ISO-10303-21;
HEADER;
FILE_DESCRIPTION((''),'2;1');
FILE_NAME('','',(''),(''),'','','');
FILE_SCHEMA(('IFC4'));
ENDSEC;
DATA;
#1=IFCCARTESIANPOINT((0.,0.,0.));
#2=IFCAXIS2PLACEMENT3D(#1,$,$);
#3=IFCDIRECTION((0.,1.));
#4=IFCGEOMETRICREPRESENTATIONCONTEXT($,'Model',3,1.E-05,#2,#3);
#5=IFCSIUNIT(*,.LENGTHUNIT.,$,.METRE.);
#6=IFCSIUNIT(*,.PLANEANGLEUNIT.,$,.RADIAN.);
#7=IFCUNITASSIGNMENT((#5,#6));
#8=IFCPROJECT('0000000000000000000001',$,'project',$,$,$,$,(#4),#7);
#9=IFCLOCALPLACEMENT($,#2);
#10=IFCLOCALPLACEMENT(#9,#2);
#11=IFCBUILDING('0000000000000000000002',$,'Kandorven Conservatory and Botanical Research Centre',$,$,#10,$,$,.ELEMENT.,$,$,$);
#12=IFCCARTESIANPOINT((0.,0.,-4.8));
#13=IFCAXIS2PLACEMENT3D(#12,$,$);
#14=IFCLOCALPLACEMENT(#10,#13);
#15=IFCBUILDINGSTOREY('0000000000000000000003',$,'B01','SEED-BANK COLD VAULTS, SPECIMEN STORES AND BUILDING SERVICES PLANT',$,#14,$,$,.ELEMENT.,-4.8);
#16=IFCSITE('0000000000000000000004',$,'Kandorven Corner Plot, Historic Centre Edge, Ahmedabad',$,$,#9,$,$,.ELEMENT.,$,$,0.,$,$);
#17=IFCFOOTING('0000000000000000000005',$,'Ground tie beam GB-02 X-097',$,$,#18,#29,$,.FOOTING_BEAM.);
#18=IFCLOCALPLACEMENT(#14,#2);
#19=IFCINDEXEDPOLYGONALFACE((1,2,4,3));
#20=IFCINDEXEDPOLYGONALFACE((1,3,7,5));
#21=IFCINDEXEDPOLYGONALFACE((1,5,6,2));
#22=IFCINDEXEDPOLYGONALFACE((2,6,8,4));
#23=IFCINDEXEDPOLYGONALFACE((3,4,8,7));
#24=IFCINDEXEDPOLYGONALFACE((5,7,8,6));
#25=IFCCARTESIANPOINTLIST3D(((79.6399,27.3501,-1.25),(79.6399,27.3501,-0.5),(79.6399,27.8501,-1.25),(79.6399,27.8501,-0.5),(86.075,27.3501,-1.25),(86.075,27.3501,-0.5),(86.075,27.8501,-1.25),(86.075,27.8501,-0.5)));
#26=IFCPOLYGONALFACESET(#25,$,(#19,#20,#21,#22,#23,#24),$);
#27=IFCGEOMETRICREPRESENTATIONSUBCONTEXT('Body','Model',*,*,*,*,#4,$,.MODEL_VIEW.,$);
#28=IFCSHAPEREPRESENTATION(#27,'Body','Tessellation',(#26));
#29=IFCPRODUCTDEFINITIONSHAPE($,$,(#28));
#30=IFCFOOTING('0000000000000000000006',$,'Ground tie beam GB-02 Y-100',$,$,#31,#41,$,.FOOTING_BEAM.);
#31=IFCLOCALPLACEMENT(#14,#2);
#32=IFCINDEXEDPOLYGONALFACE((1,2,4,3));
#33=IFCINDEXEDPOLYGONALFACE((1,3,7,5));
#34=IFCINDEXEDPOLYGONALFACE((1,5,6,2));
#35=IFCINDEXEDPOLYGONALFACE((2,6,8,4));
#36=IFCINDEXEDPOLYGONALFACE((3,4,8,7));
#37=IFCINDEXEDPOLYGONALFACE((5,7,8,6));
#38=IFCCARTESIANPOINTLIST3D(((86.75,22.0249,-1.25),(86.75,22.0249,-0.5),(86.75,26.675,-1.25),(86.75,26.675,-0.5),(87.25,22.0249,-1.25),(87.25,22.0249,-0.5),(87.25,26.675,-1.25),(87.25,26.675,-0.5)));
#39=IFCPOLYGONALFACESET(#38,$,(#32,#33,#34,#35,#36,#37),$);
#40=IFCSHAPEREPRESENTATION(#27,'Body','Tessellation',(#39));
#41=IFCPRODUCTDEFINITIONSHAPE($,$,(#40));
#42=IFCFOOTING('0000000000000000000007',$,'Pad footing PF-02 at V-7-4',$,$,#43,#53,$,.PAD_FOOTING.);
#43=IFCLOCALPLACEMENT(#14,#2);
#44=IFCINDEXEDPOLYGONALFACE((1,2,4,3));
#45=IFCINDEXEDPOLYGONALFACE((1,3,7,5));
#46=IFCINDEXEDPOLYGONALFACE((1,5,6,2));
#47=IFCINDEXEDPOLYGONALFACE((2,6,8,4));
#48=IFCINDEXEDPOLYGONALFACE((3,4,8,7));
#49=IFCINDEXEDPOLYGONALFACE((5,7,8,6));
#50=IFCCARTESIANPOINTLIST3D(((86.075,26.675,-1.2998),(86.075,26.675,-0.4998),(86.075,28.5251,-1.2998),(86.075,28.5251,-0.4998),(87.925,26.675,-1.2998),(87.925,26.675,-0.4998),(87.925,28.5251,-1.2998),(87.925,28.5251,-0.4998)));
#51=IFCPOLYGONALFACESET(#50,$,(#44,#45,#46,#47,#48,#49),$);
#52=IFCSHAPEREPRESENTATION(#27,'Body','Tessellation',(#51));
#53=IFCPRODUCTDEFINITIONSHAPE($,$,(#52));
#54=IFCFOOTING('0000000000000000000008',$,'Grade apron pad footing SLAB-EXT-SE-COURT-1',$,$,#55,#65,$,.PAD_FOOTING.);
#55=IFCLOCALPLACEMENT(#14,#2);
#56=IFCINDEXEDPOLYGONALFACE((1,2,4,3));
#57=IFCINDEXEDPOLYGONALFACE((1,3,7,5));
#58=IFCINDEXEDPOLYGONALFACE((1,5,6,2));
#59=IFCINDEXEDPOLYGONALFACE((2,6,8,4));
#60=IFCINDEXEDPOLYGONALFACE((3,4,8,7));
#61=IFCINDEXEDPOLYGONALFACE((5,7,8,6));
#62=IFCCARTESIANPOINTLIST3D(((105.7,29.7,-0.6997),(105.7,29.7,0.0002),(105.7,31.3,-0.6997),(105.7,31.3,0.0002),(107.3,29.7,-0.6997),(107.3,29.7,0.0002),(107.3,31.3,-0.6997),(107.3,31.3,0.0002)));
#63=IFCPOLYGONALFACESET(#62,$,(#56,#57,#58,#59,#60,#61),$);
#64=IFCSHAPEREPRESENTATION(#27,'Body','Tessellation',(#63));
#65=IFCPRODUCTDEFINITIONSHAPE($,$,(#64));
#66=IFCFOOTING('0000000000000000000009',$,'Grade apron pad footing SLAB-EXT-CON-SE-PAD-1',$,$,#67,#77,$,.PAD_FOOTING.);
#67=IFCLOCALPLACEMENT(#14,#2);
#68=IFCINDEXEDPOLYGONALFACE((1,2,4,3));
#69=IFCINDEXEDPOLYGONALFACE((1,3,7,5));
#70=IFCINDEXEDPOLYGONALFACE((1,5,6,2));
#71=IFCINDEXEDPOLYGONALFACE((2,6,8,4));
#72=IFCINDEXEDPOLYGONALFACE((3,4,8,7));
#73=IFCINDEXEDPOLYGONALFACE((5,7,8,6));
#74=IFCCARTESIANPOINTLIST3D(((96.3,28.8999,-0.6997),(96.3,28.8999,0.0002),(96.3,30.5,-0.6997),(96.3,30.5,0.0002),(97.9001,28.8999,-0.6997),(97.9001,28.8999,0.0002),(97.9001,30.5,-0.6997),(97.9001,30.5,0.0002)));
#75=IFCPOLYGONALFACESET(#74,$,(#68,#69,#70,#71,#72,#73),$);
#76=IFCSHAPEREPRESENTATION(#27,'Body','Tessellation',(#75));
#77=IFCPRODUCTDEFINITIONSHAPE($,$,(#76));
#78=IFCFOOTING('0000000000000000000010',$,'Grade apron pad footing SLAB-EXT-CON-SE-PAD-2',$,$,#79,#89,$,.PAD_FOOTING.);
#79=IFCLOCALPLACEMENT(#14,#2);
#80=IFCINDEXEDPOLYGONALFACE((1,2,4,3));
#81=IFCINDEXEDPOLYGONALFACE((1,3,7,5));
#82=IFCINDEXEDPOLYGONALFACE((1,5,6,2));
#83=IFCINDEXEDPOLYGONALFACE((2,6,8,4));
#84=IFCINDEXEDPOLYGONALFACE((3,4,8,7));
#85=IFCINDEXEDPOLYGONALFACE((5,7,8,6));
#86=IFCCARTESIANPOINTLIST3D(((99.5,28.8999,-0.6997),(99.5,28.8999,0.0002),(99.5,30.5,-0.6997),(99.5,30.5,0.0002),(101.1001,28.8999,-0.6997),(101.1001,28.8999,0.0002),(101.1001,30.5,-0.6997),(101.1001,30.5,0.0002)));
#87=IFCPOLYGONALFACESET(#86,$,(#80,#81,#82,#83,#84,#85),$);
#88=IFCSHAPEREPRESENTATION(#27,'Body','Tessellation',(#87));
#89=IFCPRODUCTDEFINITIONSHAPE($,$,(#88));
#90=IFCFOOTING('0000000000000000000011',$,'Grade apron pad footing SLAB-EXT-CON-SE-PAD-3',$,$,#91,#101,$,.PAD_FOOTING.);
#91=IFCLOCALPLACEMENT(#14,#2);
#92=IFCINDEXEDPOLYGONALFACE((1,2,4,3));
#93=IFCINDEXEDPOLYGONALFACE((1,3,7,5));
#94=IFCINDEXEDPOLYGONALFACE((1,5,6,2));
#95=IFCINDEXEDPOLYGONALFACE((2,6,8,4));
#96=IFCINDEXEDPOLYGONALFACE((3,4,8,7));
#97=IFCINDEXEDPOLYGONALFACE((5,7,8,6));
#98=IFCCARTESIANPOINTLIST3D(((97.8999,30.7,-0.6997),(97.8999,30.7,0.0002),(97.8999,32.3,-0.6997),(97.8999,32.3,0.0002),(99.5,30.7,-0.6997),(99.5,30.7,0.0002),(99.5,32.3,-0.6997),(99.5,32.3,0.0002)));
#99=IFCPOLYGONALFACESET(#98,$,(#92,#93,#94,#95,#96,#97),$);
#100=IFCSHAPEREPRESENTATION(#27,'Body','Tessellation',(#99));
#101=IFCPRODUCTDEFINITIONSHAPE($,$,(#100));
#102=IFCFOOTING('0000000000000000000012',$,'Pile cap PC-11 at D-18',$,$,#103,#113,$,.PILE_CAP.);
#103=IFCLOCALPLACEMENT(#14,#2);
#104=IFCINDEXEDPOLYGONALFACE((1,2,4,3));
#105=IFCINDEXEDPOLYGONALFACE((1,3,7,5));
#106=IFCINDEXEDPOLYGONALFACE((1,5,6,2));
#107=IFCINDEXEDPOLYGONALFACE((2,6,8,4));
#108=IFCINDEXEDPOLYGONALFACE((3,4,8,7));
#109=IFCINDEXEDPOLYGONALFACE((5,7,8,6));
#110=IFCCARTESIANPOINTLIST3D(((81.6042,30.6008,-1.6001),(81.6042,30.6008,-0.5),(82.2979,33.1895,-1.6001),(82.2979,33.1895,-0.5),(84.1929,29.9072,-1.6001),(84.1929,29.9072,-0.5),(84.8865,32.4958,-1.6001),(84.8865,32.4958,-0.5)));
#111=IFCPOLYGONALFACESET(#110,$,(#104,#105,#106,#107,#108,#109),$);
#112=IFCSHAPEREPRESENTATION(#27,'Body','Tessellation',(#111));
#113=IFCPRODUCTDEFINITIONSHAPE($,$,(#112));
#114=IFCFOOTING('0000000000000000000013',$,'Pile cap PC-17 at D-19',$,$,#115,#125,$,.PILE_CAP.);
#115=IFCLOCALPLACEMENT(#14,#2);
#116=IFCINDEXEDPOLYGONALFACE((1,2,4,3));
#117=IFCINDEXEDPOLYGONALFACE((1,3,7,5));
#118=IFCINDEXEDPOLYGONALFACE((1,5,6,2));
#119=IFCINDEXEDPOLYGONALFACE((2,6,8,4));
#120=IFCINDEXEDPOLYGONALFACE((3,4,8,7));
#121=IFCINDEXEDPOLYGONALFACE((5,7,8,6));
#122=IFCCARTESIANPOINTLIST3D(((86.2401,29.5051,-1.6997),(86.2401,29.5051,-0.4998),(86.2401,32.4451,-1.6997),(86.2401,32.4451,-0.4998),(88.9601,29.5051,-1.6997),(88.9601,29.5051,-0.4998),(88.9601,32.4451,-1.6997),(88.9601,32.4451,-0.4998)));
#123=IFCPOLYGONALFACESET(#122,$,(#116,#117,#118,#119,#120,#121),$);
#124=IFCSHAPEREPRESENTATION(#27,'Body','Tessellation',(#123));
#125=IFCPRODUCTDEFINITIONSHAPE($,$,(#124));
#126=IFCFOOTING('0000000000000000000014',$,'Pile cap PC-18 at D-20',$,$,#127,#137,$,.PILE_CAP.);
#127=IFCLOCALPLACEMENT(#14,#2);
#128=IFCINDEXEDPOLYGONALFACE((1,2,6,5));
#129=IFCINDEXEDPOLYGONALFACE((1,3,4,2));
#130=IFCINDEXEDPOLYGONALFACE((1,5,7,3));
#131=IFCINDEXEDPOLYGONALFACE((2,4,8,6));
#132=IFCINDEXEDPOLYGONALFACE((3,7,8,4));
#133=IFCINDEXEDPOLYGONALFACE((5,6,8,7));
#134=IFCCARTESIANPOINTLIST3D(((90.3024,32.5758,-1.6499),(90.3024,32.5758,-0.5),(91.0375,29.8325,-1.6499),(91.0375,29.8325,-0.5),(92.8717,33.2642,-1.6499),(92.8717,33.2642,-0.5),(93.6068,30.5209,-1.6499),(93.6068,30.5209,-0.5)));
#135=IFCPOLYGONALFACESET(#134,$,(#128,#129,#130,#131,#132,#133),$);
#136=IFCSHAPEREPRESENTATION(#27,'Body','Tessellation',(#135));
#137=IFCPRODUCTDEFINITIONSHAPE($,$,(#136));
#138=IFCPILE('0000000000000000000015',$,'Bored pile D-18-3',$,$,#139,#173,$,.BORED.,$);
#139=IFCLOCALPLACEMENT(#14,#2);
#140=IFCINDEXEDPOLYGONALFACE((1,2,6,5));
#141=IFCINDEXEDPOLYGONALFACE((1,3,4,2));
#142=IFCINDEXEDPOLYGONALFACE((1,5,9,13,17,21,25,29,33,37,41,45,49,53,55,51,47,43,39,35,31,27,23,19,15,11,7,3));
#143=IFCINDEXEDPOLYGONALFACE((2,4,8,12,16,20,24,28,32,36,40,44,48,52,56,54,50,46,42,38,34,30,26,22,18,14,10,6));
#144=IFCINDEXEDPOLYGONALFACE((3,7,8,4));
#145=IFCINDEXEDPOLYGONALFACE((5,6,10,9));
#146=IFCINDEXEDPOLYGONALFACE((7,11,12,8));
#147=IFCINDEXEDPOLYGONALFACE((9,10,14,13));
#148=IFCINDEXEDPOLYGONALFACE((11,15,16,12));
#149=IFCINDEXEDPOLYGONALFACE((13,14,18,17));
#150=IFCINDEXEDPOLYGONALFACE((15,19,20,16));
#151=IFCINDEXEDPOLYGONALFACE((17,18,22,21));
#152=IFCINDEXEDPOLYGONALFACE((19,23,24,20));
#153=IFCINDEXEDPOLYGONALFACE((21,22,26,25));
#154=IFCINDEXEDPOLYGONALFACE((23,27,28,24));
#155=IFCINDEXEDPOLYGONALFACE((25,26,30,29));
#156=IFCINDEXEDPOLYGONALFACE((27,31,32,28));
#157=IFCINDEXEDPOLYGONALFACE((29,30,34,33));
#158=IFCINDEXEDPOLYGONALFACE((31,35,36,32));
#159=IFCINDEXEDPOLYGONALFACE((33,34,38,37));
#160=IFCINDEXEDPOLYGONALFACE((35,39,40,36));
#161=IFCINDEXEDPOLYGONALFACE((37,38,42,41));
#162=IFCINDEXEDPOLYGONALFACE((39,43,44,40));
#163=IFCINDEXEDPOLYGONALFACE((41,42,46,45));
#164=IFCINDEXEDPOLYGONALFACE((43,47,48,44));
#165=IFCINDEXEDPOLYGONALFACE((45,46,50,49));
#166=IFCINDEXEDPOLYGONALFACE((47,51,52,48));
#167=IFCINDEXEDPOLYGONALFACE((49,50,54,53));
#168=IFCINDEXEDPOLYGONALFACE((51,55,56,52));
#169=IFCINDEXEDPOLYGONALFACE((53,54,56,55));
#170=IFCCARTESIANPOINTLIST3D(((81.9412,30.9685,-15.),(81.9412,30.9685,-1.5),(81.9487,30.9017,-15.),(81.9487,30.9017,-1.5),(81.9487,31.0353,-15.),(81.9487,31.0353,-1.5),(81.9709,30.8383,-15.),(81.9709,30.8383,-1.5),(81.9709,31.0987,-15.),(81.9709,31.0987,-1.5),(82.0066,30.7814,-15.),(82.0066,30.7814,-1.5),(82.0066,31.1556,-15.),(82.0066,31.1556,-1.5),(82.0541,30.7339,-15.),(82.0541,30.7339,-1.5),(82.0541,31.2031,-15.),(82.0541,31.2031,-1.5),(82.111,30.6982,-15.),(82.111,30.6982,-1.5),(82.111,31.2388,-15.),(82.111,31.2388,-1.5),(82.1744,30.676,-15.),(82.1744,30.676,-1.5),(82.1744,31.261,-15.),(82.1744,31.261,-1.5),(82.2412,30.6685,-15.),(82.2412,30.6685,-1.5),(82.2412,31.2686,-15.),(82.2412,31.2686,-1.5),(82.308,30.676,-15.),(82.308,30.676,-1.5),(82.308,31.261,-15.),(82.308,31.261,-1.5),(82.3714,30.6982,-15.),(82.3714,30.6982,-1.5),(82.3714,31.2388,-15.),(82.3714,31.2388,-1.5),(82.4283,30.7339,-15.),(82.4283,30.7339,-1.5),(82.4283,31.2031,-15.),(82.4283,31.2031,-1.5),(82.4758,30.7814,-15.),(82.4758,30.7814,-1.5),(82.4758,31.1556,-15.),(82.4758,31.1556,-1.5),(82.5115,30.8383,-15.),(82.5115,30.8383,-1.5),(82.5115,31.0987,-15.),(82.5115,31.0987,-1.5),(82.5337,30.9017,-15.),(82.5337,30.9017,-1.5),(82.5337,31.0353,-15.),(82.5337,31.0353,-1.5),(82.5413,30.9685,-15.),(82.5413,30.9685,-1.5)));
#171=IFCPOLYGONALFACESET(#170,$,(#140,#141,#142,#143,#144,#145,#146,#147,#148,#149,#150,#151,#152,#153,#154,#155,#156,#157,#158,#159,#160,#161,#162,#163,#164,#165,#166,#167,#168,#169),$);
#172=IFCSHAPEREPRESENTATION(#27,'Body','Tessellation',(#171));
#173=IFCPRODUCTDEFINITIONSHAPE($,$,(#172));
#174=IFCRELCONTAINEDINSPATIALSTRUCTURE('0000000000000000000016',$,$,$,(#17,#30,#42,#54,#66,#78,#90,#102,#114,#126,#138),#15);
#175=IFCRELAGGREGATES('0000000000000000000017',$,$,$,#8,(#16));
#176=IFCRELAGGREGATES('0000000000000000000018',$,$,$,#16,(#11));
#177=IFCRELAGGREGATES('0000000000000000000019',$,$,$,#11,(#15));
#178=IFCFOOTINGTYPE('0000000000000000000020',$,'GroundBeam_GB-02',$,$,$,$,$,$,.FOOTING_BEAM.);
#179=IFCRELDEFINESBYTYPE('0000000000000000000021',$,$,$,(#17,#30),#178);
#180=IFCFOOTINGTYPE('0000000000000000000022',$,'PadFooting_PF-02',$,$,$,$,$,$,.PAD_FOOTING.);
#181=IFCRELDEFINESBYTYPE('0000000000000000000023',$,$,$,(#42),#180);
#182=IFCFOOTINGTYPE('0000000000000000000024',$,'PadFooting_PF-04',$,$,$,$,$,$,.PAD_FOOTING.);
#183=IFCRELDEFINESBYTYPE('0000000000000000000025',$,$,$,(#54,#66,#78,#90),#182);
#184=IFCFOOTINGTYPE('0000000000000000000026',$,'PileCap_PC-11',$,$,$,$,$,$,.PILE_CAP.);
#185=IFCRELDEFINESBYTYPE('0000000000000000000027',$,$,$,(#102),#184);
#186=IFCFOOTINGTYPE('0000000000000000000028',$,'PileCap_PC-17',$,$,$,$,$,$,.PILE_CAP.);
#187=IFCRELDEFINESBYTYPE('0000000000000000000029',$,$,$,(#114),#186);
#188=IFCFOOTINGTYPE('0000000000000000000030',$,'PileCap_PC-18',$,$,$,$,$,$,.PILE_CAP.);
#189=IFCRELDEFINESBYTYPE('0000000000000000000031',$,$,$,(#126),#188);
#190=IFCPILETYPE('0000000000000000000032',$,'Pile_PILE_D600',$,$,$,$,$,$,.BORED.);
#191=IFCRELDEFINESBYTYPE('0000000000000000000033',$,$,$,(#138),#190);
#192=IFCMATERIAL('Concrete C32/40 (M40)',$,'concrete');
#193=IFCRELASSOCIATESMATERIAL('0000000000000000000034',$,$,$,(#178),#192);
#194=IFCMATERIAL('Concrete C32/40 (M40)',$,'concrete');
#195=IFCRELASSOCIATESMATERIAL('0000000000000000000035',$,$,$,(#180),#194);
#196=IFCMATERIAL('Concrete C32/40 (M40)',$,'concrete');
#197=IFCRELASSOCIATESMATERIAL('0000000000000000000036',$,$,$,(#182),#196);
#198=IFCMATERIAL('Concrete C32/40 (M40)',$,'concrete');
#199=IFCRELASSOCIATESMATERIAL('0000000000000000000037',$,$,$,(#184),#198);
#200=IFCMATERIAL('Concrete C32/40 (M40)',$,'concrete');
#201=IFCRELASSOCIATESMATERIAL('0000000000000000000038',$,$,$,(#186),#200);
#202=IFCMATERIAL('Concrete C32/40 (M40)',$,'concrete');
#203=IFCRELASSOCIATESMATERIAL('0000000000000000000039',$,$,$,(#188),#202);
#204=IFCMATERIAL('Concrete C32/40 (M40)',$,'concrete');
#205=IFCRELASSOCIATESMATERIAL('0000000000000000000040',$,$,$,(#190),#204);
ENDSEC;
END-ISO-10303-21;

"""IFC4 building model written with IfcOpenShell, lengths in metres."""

from ifc_helpers import new_model, si_unit, direction, frame, origin, origin_2d, place, context, subcontext, project, spatial, rectangle, circle, extrude, material, material_profile, profile_set, type_object, element, save


model = new_model("IFC4")

# Units and contexts
model_context = context("Model", 3, precision=1e-05, world=origin(), true_north=direction((0.0, 1.0)))
body_context = subcontext(model_context, "Body", "Model", "MODEL_VIEW")
ifc_project = project(units=[si_unit("LENGTHUNIT", "METRE"), si_unit("PLANEANGLEUNIT", "RADIAN")], contexts=[model_context])

# Site, building, storey
site_placement = place(None, origin())
site = spatial("IfcSite", under=ifc_project, at=site_placement, Name="Kandorven Corner Plot, Historic Centre Edge, Ahmedabad", CompositionType="ELEMENT", RefElevation=0.0)
building_placement = place(site_placement, origin())
building = spatial("IfcBuilding", under=site, at=building_placement, Name="Kandorven Conservatory and Botanical Research Centre", CompositionType="ELEMENT")
storey_placement = place(building_placement, frame((0.0, 0.0, -4.8)))
storey = spatial("IfcBuildingStorey", under=building, at=storey_placement, Name="B01", Description="SEED-BANK COLD VAULTS, SPECIMEN STORES AND BUILDING SERVICES PLANT", CompositionType="ELEMENT", Elevation=-4.8)

# Footings
ifc_material_1 = material(Name="Concrete C32/40 (M40)", Category="concrete")
ifc_material_profile_1 = material_profile(ifc_material_1, rectangle(XDim=0.5, YDim=0.75, at=origin_2d()))
ifc_profile_set_1 = profile_set([ifc_material_profile_1], Name="Concrete C32/40 (M40)")
footing_type_1 = type_object("IfcFootingType", Name="GroundBeam_GB-02", PredefinedType="FOOTING_BEAM", material=ifc_profile_set_1)
footing_1_placement = place(storey_placement, frame((79.6399, 27.6001, -0.875), z_axis=(1.0, 0.0, 0.0), x_axis=(0.0, 1.0, 0.0)))
element("IfcFooting", 1, at=footing_1_placement, inside=storey, type_object=footing_type_1, Name="Ground tie beam GB-02 X-097", PredefinedType="FOOTING_BEAM", context=body_context, shape_type="SweptSolid", body=[
    extrude(rectangle(XDim=0.5, YDim=0.75, at=origin_2d()), origin(), (0.0, 0.0, 1.0), 6.4351),
])
footing_2_placement = place(storey_placement, frame((87.0, 22.0249, -0.875), z_axis=(0.0, 1.0, 0.0), x_axis=(-1.0, 0.0, 0.0)))
element("IfcFooting", 2, at=footing_2_placement, inside=storey, type_object=footing_type_1, Name="Ground tie beam GB-02 Y-100", PredefinedType="FOOTING_BEAM", context=body_context, shape_type="SweptSolid", body=[
    extrude(rectangle(XDim=0.5, YDim=0.75, at=origin_2d()), origin(), (0.0, 0.0, 1.0), 4.6501),
])
ifc_material_2 = material(Name="Concrete C32/40 (M40)", Category="concrete")
footing_type_2 = type_object("IfcFootingType", Name="PadFooting_PF-02", PredefinedType="PAD_FOOTING", material=ifc_material_2)
footing_3_placement = place(storey_placement, frame((87.0, 27.6001, -1.2998), z_axis=(0.0, 0.0, 1.0), x_axis=(1.0, 0.0, 0.0)))
element("IfcFooting", 3, at=footing_3_placement, inside=storey, type_object=footing_type_2, Name="Pad footing PF-02 at V-7-4", PredefinedType="PAD_FOOTING", context=body_context, shape_type="SweptSolid", body=[
    extrude(rectangle(XDim=1.8501, YDim=1.8501, at=origin_2d()), origin(), (0.0, 0.0, 1.0), 0.8),
])
ifc_material_3 = material(Name="Concrete C32/40 (M40)", Category="concrete")
footing_type_3 = type_object("IfcFootingType", Name="PadFooting_PF-04", PredefinedType="PAD_FOOTING", material=ifc_material_3)
for number, where, z_axis, x_axis, name in (
    (4, (106.5, 30.5, -0.6997), (0.0, 0.0, 1.0), (1.0, 0.0, 0.0), "Grade apron pad footing SLAB-EXT-SE-COURT-1"),
    (5, (97.1001, 29.7, -0.6997), (0.0, 0.0, 1.0), (1.0, 0.0, 0.0), "Grade apron pad footing SLAB-EXT-CON-SE-PAD-1"),
    (6, (100.3, 29.7, -0.6997), (0.0, 0.0, 1.0), (1.0, 0.0, 0.0), "Grade apron pad footing SLAB-EXT-CON-SE-PAD-2"),
    (7, (98.7, 31.5, -0.6997), (0.0, 0.0, 1.0), (1.0, 0.0, 0.0), "Grade apron pad footing SLAB-EXT-CON-SE-PAD-3"),
):
    element("IfcFooting", number, at=place(storey_placement, frame(where, z_axis=z_axis, x_axis=x_axis)), inside=storey, type_object=footing_type_3, Name=name, PredefinedType="PAD_FOOTING", context=body_context, shape_type="SweptSolid", body=[
        extrude(rectangle(XDim=1.6001, YDim=1.6001, at=origin_2d()), origin(), (0.0, 0.0, 1.0), 0.7),
    ])
ifc_material_4 = material(Name="Concrete C32/40 (M40)", Category="concrete")
footing_type_4 = type_object("IfcFootingType", Name="PileCap_PC-11", PredefinedType="PILE_CAP", material=ifc_material_4)
footing_4_placement = place(storey_placement, frame((83.2454, 31.5483, -1.6001), z_axis=(0.0, 0.0, 1.0), x_axis=(-0.258819, -0.965926, 0.0)))
element("IfcFooting", 8, at=footing_4_placement, inside=storey, type_object=footing_type_4, Name="Pile cap PC-11 at D-18", PredefinedType="PILE_CAP", context=body_context, shape_type="SweptSolid", body=[
    extrude(rectangle(XDim=2.6799, YDim=2.6799, at=origin_2d()), origin(), (0.0, 0.0, 1.0), 1.1001),
])
ifc_material_5 = material(Name="Concrete C32/40 (M40)", Category="concrete")
footing_type_5 = type_object("IfcFootingType", Name="PileCap_PC-17", PredefinedType="PILE_CAP", material=ifc_material_5)
footing_5_placement = place(storey_placement, frame((87.6001, 30.9751, -1.6997), z_axis=(0.0, 0.0, 1.0), x_axis=(0.0, -1.0, 0.0)))
element("IfcFooting", 9, at=footing_5_placement, inside=storey, type_object=footing_type_5, Name="Pile cap PC-17 at D-19", PredefinedType="PILE_CAP", context=body_context, shape_type="SweptSolid", body=[
    extrude(rectangle(XDim=2.9399, YDim=2.72, at=origin_2d()), origin(), (0.0, 0.0, 1.0), 1.2),
])
ifc_material_6 = material(Name="Concrete C32/40 (M40)", Category="concrete")
footing_type_6 = type_object("IfcFootingType", Name="PileCap_PC-18", PredefinedType="PILE_CAP", material=ifc_material_6)
footing_6_placement = place(storey_placement, frame((91.9546, 31.5483, -1.6499), z_axis=(0.0, 0.0, 1.0), x_axis=(0.258819, -0.965926, 0.0)))
element("IfcFooting", 10, at=footing_6_placement, inside=storey, type_object=footing_type_6, Name="Pile cap PC-18 at D-20", PredefinedType="PILE_CAP", context=body_context, shape_type="SweptSolid", body=[
    extrude(rectangle(XDim=2.8401, YDim=2.6599, at=origin_2d()), origin(), (0.0, 0.0, 1.0), 1.1499),
])

# Pile
ifc_material_7 = material(Name="Concrete C32/40 (M40)", Category="concrete")
ifc_material_profile_2 = material_profile(ifc_material_7, circle(Radius=0.3, at=origin_2d()))
ifc_profile_set_2 = profile_set([ifc_material_profile_2], Name="Concrete C32/40 (M40)")
pile_type_1 = type_object("IfcPileType", Name="Pile_PILE_D600", PredefinedType="BORED", material=ifc_profile_set_2)
for number, where, z_axis, x_axis, name in (
    (11, (82.2412, 30.9685, -1.5), (0.0, 0.0, -1.0), (1.0, 0.0, 0.0), "Bored pile D-18-3"),
):
    element("IfcPile", number, at=place(storey_placement, frame(where, z_axis=z_axis, x_axis=x_axis)), inside=storey, type_object=pile_type_1, Name=name, PredefinedType="BORED", context=body_context, shape_type="SweptSolid", body=[
        extrude(circle(Radius=0.3, at=origin_2d()), origin(), (0.0, 0.0, 1.0), 13.5),
    ])

save(model, "model.ifc")
